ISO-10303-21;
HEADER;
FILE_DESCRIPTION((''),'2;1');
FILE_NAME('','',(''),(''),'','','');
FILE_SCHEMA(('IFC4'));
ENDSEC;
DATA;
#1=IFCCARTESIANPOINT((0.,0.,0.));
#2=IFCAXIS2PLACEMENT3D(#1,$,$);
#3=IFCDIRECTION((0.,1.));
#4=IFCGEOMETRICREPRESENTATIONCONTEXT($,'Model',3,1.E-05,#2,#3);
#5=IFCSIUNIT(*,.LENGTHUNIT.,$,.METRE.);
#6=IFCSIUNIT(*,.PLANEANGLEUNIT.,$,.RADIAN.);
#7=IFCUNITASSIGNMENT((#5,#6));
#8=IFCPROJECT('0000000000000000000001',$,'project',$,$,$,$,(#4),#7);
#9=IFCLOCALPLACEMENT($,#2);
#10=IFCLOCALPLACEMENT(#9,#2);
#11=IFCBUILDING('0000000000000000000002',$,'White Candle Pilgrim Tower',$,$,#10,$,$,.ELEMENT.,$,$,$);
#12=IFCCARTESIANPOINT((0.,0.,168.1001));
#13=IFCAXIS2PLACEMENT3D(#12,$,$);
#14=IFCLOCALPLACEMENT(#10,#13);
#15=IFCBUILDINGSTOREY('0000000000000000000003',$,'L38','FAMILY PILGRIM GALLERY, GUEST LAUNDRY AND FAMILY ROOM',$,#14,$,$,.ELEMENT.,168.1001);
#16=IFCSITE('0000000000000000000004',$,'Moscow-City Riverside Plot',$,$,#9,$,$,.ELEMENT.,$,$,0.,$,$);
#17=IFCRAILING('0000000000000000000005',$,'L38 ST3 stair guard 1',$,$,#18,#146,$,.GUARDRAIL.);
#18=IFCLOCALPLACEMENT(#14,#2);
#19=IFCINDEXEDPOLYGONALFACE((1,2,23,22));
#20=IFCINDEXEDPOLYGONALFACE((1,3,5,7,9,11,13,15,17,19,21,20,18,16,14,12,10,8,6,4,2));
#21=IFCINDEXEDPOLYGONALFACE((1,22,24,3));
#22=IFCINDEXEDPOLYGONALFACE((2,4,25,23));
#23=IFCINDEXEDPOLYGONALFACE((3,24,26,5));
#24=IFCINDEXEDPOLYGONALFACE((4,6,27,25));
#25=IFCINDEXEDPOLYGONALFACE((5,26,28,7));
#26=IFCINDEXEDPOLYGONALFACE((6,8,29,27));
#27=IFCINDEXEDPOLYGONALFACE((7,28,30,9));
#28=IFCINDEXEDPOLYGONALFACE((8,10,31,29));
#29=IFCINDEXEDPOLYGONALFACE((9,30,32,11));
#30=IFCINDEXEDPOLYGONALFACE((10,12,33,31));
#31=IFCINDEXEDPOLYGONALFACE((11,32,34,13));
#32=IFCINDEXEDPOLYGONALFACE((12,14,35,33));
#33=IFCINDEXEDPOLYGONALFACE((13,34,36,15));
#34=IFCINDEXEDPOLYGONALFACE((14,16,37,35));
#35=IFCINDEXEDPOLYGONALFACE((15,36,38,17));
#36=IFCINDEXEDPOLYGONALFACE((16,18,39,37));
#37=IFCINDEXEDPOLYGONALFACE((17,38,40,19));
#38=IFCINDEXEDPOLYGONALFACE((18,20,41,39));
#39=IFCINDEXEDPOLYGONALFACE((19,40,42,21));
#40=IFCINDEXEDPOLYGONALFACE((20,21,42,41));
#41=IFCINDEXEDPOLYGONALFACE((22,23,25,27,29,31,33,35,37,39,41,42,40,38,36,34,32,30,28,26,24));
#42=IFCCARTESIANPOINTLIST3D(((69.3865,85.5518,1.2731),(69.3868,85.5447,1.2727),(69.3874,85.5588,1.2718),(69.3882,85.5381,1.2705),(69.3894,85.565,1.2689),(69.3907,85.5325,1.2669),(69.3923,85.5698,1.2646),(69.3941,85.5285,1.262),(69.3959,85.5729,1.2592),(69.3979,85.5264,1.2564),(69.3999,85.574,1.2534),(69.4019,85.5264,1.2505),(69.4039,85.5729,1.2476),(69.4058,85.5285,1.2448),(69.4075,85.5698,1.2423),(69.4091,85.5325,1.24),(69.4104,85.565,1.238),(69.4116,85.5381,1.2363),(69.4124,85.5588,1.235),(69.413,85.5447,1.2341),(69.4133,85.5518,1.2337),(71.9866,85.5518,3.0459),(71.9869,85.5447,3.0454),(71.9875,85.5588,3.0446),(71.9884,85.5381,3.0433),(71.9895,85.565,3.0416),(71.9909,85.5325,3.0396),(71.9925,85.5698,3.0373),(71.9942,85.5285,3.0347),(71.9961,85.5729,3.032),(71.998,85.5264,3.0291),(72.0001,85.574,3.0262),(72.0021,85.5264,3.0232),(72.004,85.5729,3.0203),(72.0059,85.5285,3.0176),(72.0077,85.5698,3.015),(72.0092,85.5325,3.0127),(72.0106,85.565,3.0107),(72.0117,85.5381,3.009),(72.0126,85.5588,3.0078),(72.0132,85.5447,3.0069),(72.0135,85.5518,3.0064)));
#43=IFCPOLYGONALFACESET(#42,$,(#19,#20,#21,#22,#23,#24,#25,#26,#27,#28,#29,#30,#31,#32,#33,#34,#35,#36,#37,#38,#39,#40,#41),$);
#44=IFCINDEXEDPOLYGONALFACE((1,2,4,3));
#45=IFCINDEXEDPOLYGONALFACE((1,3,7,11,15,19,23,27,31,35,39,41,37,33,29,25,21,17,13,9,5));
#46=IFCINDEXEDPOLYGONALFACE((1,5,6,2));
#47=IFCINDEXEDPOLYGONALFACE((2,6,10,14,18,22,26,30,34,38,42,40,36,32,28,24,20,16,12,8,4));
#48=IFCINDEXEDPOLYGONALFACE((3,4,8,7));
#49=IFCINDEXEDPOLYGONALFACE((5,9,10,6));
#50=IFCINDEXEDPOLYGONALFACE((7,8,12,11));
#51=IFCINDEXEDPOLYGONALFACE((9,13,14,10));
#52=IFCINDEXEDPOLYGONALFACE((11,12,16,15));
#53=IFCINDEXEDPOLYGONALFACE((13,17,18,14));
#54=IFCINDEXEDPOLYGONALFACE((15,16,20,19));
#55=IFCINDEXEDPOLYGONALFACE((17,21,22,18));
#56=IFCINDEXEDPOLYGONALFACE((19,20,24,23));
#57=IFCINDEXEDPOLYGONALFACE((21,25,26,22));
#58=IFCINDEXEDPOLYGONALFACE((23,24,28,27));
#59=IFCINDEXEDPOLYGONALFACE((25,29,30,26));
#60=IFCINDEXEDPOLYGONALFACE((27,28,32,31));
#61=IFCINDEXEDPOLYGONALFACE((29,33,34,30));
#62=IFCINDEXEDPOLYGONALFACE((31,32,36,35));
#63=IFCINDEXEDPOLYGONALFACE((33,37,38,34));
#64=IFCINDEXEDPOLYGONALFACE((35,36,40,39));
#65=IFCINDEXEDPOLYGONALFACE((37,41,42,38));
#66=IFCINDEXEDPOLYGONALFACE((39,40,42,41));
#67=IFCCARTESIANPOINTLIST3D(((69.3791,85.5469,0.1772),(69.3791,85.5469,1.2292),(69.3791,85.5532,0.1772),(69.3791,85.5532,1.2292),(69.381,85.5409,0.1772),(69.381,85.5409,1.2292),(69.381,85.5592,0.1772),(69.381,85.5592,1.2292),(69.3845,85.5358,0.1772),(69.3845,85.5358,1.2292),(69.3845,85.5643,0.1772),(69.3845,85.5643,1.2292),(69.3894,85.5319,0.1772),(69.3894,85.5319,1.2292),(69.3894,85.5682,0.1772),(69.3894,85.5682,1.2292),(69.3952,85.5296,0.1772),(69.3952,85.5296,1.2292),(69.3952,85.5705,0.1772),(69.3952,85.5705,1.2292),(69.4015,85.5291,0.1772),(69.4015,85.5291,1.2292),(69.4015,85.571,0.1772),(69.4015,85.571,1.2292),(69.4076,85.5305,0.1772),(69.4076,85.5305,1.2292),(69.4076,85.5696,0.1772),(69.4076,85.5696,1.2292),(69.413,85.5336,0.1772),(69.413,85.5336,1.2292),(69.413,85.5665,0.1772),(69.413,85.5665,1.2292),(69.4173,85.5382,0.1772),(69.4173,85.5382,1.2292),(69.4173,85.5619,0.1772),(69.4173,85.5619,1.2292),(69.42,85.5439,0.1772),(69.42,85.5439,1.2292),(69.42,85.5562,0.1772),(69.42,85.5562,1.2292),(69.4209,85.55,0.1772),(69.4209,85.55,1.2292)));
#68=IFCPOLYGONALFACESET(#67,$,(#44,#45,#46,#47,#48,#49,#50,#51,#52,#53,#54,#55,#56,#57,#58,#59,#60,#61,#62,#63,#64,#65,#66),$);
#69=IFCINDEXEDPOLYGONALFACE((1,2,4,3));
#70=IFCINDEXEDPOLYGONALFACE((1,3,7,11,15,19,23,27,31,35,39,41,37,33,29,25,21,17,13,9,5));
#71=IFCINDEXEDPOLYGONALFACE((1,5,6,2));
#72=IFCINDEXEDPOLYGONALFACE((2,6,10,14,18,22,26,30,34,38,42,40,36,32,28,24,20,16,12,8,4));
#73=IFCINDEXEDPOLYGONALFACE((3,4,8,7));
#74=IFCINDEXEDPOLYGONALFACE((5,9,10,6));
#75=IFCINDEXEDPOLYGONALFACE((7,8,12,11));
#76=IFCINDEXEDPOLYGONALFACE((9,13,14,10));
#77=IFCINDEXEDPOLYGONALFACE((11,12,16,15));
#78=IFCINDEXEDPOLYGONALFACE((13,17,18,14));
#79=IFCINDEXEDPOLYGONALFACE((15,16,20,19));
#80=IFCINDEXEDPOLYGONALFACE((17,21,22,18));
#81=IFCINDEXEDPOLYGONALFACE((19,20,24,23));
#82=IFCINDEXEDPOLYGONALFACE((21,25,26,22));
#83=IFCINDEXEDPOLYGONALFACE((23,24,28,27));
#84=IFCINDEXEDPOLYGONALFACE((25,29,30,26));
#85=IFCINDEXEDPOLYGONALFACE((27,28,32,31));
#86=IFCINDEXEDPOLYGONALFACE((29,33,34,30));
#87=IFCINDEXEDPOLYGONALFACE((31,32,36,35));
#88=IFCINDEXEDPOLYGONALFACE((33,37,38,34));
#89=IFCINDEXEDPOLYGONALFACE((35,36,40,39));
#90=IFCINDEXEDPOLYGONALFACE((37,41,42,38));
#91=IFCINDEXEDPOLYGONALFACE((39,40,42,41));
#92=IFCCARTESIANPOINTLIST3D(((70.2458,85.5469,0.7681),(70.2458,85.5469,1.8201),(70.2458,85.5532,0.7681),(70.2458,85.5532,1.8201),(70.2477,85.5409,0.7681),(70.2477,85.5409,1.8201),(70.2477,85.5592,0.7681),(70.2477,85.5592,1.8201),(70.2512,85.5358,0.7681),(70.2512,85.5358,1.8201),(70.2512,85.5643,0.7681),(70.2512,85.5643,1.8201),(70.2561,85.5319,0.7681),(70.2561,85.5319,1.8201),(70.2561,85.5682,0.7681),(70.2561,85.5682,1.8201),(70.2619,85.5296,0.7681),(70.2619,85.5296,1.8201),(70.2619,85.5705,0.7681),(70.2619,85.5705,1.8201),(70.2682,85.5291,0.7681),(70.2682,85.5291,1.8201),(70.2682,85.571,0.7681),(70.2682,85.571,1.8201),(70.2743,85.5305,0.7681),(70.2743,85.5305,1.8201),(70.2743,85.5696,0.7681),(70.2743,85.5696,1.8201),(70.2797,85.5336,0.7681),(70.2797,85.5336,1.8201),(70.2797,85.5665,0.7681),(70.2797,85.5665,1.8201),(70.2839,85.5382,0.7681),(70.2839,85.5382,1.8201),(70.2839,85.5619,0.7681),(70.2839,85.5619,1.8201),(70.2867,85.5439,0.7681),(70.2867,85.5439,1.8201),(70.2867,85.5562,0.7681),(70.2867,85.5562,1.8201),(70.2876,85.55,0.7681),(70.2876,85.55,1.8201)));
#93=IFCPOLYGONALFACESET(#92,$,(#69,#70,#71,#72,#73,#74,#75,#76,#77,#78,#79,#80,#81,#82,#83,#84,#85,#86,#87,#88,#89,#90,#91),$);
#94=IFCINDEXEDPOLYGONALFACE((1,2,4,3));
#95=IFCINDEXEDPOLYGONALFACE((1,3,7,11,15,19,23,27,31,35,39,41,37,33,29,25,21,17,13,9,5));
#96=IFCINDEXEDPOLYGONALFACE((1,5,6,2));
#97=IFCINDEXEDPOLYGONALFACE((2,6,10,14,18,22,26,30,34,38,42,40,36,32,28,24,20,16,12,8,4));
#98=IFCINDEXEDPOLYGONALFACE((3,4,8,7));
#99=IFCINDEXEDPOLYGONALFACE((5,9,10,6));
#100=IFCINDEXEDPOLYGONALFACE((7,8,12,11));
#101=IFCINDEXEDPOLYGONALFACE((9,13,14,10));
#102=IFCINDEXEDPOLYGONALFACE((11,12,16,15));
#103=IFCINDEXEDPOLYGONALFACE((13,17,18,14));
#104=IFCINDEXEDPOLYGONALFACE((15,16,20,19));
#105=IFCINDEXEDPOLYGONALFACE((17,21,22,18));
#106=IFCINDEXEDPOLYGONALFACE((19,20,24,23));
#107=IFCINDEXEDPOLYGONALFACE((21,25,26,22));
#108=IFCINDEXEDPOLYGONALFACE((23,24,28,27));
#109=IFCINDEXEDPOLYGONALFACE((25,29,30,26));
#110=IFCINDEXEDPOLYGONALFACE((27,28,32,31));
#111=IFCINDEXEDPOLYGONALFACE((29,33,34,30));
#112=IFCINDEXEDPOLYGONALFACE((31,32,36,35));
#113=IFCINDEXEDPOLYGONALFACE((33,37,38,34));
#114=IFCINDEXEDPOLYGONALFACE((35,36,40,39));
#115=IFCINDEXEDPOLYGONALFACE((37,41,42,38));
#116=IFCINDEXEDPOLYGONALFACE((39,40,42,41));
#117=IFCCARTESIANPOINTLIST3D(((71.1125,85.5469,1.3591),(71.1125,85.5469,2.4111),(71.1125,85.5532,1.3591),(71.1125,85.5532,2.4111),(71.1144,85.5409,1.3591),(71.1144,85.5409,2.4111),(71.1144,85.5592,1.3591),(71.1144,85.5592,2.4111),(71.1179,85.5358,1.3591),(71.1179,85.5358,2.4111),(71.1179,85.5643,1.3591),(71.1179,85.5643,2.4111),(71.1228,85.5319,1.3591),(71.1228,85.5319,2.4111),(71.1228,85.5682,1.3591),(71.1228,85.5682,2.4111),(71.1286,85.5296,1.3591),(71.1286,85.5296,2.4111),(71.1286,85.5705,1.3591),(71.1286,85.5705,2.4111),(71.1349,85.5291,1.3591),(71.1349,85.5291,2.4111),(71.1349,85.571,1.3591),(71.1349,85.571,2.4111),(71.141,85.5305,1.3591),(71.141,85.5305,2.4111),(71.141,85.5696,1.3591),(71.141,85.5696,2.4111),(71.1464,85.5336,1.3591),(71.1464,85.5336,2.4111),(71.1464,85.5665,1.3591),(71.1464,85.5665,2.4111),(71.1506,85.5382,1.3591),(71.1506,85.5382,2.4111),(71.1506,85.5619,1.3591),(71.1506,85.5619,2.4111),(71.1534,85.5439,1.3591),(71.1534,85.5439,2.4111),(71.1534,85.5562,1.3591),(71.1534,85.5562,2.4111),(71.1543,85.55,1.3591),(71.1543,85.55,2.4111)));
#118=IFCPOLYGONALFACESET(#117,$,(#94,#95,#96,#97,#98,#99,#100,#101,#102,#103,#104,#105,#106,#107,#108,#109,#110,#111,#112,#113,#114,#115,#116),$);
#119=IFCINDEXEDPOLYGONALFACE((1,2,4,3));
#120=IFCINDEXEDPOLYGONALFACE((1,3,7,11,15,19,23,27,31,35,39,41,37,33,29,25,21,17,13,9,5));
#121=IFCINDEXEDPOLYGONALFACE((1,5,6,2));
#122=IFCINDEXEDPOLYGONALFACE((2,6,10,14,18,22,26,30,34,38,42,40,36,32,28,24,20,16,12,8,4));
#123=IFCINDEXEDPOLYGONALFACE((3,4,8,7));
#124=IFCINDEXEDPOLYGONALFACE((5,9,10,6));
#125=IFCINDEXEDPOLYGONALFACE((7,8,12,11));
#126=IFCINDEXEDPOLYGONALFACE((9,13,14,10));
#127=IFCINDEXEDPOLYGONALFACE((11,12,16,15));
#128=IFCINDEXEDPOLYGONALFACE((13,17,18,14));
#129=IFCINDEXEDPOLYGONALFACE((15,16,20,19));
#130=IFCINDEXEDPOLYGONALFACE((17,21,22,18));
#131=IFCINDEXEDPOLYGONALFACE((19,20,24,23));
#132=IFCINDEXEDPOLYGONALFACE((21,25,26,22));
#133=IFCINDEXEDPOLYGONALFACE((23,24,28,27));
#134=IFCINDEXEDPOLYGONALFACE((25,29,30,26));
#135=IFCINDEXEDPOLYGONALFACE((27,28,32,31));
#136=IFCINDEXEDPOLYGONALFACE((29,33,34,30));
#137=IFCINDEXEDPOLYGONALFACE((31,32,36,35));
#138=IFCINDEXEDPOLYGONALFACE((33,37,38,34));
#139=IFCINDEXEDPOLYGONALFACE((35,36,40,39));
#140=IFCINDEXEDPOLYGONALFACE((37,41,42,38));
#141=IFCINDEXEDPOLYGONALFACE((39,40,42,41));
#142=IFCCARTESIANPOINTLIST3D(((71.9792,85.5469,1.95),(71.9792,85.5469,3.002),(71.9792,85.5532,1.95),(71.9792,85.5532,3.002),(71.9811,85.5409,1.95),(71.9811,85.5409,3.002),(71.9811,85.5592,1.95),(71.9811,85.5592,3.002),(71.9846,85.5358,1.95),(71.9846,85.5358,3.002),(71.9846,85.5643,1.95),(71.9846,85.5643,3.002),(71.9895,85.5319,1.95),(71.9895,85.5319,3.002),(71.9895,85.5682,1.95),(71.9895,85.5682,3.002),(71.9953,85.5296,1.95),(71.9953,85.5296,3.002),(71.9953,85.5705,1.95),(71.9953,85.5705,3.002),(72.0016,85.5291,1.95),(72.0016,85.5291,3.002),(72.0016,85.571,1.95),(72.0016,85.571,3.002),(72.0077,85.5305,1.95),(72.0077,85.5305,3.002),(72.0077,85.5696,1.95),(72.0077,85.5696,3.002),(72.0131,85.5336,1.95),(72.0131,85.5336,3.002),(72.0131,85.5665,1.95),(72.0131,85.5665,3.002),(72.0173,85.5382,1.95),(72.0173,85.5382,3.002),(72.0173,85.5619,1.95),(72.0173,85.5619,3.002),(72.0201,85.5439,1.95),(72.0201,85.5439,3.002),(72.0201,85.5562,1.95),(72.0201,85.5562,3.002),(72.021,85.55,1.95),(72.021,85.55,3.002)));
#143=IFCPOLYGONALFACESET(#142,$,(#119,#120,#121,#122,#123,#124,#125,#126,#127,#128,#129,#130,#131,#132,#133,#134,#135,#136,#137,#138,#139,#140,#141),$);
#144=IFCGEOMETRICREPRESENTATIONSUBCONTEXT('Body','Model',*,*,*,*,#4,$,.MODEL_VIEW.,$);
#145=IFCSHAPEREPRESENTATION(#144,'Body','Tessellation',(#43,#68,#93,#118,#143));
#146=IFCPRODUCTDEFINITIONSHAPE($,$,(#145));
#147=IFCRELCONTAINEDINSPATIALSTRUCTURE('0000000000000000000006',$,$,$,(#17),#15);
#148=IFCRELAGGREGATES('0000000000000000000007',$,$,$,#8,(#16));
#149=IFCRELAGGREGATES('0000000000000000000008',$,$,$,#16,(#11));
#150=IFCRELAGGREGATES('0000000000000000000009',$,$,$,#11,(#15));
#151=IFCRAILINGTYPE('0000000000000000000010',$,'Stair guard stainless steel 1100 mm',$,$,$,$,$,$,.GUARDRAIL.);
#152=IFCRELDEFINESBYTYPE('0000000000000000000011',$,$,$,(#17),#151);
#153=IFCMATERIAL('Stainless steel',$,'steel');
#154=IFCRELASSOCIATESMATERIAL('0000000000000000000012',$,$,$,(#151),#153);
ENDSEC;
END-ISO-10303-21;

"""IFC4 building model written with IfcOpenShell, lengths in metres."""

from ifc_helpers import new_model, si_unit, direction, frame, origin, origin_2d, place, context, subcontext, project, spatial, circle, extrude, material, type_object, element, save


model = new_model("IFC4")

# Units and contexts
model_context = context("Model", 3, precision=1e-05, world=origin(), true_north=direction((0.0, 1.0)))
body_context = subcontext(model_context, "Body", "Model", "MODEL_VIEW")
ifc_project = project(units=[si_unit("LENGTHUNIT", "METRE"), si_unit("PLANEANGLEUNIT", "RADIAN")], contexts=[model_context])

# Site, building, storey
site_placement = place(None, origin())
site = spatial("IfcSite", under=ifc_project, at=site_placement, Name="Moscow-City Riverside Plot", CompositionType="ELEMENT", RefElevation=0.0)
building_placement = place(site_placement, origin())
building = spatial("IfcBuilding", under=site, at=building_placement, Name="White Candle Pilgrim Tower", CompositionType="ELEMENT")
storey_placement = place(building_placement, frame((0.0, 0.0, 168.1001)))
storey = spatial("IfcBuildingStorey", under=building, at=storey_placement, Name="L38", Description="FAMILY PILGRIM GALLERY, GUEST LAUNDRY AND FAMILY ROOM", CompositionType="ELEMENT", Elevation=168.1001)

# Shared definitions
ifc_material_1 = material(Name="Stainless steel", Category="steel")

# Railing
railing_type_1 = type_object("IfcRailingType", Name="Stair guard stainless steel 1100 mm", PredefinedType="GUARDRAIL", material=ifc_material_1)
railing_1_placement = place(storey_placement, frame((69.3999, 85.55, 0.1772)))
element("IfcRailing", 1, at=railing_1_placement, inside=storey, type_object=railing_type_1, Name="L38 ST3 stair guard 1", PredefinedType="GUARDRAIL", context=body_context, shape_type="SweptSolid", body=[
    extrude(circle(Radius=0.0239, at=origin_2d()), frame((0.0, 0.0, 1.0762), z_axis=(0.82624, 0.0, 0.563318), x_axis=(0.0, 1.0, 0.0)), (0.0, 0.0, 1.0), 3.147),
    extrude(circle(Radius=0.021, at=origin_2d()), origin(), (0.0, 0.0, 1.0), 1.052),
    extrude(circle(Radius=0.021, at=origin_2d()), frame((0.8667, 0.0, 0.5908)), (0.0, 0.0, 1.0), 1.052),
    extrude(circle(Radius=0.021, at=origin_2d()), frame((1.7334, 0.0, 1.1819)), (0.0, 0.0, 1.0), 1.052),
    extrude(circle(Radius=0.021, at=origin_2d()), frame((2.6001, 0.0, 1.7727)), (0.0, 0.0, 1.0), 1.052),
])

save(model, "model.ifc")
